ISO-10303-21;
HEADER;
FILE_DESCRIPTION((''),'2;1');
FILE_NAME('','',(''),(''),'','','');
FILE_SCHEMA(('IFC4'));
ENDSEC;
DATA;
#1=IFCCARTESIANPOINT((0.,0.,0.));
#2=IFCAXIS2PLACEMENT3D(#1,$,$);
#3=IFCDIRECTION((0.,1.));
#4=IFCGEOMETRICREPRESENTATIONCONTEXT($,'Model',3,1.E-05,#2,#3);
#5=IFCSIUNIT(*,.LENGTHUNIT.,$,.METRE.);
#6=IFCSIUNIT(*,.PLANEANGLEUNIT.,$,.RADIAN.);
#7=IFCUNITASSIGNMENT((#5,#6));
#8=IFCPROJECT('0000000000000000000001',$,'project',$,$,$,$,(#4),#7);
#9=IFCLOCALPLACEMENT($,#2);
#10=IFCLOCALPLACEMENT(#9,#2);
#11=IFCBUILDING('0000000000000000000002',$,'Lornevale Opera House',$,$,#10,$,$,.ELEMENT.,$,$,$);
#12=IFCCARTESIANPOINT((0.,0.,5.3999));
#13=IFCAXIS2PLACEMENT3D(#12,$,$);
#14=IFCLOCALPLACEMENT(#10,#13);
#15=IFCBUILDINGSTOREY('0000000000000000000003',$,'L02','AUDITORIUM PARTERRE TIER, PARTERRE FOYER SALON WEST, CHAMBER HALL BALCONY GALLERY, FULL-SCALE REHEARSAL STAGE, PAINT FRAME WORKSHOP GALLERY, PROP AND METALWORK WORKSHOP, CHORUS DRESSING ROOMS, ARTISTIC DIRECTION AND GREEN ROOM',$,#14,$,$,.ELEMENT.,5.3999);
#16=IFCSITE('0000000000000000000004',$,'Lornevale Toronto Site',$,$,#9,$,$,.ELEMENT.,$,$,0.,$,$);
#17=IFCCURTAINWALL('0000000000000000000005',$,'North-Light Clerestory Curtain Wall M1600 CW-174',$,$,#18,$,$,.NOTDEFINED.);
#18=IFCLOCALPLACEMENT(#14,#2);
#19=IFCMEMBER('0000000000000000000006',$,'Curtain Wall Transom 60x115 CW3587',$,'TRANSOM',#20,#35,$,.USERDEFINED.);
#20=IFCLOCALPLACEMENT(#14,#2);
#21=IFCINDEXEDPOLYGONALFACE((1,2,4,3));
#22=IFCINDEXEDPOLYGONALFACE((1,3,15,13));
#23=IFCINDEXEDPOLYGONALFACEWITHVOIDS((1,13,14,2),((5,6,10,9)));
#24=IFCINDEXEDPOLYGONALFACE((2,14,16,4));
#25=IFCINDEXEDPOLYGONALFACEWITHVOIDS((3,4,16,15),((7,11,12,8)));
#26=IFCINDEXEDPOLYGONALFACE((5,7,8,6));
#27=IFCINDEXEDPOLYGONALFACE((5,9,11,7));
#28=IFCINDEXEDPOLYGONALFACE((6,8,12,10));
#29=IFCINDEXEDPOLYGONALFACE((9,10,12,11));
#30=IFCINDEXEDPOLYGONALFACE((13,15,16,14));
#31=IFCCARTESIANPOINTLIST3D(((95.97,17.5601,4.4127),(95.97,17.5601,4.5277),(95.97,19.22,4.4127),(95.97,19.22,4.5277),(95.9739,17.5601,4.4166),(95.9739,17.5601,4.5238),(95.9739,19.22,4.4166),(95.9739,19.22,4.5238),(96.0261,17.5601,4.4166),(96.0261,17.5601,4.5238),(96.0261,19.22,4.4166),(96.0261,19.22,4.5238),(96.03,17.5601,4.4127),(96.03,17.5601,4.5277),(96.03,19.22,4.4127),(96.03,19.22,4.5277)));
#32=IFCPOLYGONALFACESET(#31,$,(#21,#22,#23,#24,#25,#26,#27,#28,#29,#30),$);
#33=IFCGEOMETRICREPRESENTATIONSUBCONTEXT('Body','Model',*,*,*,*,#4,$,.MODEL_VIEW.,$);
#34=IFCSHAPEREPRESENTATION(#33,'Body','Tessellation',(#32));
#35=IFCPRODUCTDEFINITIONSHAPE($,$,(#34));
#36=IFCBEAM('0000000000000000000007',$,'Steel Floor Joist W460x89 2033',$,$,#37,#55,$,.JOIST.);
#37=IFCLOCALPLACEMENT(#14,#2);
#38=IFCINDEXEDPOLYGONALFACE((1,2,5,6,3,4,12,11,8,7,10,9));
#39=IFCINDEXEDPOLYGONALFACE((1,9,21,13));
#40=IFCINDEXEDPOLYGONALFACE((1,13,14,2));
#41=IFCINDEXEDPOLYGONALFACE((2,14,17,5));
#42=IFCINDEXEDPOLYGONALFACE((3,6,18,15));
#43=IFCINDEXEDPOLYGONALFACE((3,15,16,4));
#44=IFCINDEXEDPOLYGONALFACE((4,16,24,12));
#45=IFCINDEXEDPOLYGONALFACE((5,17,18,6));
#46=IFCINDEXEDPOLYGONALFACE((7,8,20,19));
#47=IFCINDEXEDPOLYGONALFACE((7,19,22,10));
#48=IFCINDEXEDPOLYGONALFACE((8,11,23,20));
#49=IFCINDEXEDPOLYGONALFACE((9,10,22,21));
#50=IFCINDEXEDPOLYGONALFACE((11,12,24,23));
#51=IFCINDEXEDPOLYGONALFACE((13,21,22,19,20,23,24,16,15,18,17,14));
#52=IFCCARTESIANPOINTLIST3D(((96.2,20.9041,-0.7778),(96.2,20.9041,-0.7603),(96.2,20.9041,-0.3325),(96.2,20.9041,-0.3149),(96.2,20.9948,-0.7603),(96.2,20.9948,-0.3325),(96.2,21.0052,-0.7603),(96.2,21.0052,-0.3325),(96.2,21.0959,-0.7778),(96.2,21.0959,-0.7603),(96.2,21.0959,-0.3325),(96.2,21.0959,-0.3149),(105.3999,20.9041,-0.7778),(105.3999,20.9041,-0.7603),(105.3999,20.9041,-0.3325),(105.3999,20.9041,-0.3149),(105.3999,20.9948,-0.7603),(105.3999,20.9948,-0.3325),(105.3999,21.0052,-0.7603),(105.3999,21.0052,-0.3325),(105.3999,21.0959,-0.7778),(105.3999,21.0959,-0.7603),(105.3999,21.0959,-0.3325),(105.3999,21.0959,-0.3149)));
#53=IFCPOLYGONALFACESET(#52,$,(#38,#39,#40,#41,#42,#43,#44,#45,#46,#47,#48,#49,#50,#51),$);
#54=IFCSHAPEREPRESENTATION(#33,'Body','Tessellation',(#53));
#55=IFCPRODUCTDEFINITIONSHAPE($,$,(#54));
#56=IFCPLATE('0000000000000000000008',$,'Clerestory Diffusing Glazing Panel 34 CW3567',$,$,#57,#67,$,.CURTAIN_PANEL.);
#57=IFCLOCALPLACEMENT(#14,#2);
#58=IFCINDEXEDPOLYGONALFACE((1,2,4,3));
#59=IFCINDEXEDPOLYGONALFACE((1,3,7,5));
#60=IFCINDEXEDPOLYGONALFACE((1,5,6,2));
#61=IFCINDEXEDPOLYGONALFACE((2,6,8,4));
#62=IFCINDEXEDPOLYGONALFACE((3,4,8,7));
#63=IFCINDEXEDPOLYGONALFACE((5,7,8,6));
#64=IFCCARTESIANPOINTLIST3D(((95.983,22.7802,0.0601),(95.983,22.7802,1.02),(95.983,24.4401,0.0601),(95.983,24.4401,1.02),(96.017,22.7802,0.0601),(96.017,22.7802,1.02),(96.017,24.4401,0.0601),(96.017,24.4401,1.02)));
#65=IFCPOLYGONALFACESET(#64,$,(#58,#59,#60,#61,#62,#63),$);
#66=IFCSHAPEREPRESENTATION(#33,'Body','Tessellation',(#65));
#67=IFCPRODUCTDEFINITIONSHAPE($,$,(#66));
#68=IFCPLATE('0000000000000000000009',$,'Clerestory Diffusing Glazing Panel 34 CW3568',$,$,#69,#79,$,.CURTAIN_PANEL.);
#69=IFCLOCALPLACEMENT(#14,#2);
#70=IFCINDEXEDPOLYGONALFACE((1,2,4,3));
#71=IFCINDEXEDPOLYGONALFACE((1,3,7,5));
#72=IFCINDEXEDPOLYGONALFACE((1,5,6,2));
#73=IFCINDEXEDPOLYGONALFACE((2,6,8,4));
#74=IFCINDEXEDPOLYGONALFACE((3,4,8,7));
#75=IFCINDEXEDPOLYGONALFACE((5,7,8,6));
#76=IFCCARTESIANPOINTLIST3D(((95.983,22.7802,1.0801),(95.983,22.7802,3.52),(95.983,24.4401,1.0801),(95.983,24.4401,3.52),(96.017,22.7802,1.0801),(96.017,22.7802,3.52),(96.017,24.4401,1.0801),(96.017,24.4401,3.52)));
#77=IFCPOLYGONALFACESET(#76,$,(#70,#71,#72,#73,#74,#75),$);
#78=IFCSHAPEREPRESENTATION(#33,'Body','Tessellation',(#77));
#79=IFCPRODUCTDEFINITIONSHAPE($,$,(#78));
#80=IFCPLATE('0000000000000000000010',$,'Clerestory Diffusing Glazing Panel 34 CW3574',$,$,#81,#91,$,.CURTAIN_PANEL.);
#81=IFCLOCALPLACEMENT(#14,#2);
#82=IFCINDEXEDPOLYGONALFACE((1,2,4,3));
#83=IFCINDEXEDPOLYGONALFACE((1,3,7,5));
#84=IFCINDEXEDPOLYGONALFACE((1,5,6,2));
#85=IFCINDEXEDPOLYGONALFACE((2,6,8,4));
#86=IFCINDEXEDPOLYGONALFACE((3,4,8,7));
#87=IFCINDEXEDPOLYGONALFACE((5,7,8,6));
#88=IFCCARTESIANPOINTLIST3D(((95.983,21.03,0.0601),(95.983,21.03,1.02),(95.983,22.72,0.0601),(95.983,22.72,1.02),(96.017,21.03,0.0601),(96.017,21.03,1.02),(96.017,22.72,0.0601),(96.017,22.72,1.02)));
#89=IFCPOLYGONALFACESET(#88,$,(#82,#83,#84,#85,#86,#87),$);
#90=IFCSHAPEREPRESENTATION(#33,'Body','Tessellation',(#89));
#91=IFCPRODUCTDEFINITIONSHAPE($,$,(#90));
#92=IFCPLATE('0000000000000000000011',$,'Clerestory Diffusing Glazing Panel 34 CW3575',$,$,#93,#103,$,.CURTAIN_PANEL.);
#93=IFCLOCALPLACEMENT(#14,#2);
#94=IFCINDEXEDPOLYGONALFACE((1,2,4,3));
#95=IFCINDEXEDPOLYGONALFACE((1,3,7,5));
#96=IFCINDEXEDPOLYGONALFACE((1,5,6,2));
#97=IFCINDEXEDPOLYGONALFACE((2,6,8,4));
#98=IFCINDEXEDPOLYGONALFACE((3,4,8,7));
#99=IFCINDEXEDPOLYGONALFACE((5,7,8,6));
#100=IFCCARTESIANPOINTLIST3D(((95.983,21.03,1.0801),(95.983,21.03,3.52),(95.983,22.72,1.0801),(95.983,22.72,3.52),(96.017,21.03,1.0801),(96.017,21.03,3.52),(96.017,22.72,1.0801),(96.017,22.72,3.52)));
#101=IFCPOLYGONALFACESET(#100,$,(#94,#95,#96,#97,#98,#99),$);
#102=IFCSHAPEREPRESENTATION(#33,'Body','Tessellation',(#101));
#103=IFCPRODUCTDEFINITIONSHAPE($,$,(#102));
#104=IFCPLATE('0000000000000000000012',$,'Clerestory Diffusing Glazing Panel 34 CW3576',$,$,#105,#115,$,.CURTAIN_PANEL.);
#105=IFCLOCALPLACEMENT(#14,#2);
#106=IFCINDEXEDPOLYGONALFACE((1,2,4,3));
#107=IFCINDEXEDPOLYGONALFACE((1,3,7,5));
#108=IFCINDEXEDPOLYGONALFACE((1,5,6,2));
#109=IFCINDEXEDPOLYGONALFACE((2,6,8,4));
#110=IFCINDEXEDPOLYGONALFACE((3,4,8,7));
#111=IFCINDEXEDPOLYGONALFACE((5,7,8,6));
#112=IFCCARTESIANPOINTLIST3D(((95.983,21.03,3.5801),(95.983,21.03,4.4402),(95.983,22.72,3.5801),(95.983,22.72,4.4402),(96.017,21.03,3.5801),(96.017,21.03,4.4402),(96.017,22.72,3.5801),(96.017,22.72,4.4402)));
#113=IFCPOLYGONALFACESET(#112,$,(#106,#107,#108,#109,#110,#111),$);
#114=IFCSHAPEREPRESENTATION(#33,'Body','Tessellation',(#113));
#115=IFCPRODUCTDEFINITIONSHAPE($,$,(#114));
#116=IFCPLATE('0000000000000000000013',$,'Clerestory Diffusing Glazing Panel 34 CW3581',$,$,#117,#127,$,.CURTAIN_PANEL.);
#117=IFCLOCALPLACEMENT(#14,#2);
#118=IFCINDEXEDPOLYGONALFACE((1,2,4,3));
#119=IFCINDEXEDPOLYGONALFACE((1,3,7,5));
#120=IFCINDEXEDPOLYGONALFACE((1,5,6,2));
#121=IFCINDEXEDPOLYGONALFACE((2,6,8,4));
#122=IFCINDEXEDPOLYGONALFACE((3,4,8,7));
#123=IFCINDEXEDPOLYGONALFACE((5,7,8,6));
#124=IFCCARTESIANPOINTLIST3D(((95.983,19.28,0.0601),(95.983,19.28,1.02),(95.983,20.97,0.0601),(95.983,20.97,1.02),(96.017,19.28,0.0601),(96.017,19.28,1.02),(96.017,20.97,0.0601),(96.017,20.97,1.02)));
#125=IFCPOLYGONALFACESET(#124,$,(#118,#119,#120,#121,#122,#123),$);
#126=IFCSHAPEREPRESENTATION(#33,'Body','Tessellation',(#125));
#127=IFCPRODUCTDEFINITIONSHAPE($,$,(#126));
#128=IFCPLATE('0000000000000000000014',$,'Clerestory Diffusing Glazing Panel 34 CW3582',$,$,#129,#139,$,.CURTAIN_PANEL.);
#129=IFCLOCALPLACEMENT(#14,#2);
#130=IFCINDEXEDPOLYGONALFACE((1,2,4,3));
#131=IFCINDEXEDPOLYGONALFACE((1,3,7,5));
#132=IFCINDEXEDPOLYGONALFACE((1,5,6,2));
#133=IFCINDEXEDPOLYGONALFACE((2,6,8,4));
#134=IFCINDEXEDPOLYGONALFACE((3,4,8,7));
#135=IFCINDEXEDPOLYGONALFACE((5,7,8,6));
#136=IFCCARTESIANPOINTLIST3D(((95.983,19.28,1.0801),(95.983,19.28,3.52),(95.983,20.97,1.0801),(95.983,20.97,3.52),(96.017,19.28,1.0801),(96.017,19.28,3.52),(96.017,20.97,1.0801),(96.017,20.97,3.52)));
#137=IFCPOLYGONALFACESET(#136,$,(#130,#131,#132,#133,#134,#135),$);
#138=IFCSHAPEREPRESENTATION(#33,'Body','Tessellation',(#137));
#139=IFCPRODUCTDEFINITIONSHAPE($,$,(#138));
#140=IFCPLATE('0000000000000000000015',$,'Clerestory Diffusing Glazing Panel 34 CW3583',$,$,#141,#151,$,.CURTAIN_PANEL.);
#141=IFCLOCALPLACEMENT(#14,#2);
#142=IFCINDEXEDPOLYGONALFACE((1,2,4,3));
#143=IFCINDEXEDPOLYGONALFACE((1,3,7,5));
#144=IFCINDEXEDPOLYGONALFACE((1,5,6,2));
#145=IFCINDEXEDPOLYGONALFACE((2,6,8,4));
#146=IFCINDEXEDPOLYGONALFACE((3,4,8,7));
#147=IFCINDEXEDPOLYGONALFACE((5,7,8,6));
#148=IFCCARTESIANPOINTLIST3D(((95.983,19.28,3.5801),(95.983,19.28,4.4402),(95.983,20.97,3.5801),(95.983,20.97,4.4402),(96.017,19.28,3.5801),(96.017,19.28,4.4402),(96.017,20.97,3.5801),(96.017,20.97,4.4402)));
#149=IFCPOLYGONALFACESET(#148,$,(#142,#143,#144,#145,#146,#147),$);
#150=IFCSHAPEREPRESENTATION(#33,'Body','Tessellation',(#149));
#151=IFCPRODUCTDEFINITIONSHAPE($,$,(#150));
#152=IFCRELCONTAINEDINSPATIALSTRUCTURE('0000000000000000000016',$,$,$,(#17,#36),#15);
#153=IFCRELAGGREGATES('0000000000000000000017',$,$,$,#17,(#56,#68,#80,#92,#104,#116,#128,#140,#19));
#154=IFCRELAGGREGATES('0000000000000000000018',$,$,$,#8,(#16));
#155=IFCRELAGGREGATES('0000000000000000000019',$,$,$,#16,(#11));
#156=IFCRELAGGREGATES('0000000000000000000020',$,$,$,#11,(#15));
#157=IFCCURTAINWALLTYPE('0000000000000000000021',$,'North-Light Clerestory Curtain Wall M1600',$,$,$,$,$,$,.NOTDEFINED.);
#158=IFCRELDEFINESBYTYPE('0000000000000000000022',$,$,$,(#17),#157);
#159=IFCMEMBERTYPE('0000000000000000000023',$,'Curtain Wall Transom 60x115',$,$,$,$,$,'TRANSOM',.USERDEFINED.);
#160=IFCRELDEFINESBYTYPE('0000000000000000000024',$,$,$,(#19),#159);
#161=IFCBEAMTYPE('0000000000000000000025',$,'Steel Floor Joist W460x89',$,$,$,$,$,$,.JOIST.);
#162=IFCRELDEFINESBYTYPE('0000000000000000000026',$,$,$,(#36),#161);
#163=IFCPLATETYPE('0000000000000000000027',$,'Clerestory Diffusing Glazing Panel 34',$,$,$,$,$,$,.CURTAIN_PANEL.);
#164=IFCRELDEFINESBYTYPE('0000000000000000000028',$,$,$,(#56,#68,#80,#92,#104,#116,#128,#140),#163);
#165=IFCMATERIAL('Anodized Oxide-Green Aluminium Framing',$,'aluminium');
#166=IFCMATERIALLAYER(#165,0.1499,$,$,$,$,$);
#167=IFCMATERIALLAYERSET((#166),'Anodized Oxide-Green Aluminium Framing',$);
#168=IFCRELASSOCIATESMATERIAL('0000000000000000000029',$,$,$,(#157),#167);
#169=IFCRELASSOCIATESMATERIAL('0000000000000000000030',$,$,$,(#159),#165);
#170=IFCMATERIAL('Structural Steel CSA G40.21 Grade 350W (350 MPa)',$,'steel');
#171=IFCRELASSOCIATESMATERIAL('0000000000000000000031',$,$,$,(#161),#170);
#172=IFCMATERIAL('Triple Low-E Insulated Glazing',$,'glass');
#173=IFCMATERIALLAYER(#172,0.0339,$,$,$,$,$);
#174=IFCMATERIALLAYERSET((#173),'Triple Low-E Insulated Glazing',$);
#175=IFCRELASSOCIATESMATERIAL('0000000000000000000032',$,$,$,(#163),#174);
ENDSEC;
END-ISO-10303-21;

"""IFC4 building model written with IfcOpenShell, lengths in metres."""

from ifc_helpers import new_model, si_unit, direction, frame, origin, origin_2d, place, context, subcontext, project, spatial, rectangle, hollow_rectangle, i_section, extrude, material, layer, layer_set, material_profile, profile_set, type_object, element, aggregate, save


model = new_model("IFC4")

# Units and contexts
model_context = context("Model", 3, precision=1e-05, world=origin(), true_north=direction((0.0, 1.0)))
body_context = subcontext(model_context, "Body", "Model", "MODEL_VIEW")
ifc_project = project(units=[si_unit("LENGTHUNIT", "METRE"), si_unit("PLANEANGLEUNIT", "RADIAN")], contexts=[model_context])

# Site, building, storey
site_placement = place(None, origin())
site = spatial("IfcSite", under=ifc_project, at=site_placement, Name="Lornevale Toronto Site", CompositionType="ELEMENT", RefElevation=0.0)
building_placement = place(site_placement, origin())
building = spatial("IfcBuilding", under=site, at=building_placement, Name="Lornevale Opera House", CompositionType="ELEMENT")
storey_placement = place(building_placement, frame((0.0, 0.0, 5.3999)))
storey = spatial("IfcBuildingStorey", under=building, at=storey_placement, Name="L02", Description="AUDITORIUM PARTERRE TIER, PARTERRE FOYER SALON WEST, CHAMBER HALL BALCONY GALLERY, FULL-SCALE REHEARSAL STAGE, PAINT FRAME WORKSHOP GALLERY, PROP AND METALWORK WORKSHOP, CHORUS DRESSING ROOMS, ARTISTIC DIRECTION AND GREEN ROOM", CompositionType="ELEMENT", Elevation=5.3999)

# Curtain wall, member
ifc_material_1 = material(Name="Anodized Oxide-Green Aluminium Framing", Category="aluminium")
ifc_layer_1 = layer(ifc_material_1, 0.1499)
ifc_layer_set_1 = layer_set([ifc_layer_1], Name="Anodized Oxide-Green Aluminium Framing")
curtain_wall_type = type_object("IfcCurtainWallType", Name="North-Light Clerestory Curtain Wall M1600", PredefinedType="NOTDEFINED", material=ifc_layer_set_1)
curtain_wall_placement = place(storey_placement, origin())
curtain_wall = element("IfcCurtainWall", 1, at=curtain_wall_placement, inside=storey, type_object=curtain_wall_type, Name="North-Light Clerestory Curtain Wall M1600 CW-174", PredefinedType="NOTDEFINED")
ifc_material_profile_1 = material_profile(ifc_material_1, hollow_rectangle(XDim=0.0601, YDim=0.115, WallThickness=0.0039, at=origin_2d()), Name="ALU60x115x4")
ifc_profile_set_1 = profile_set([ifc_material_profile_1], Name="Anodized Oxide-Green Aluminium Framing")
member_type_1 = type_object("IfcMemberType", Name="Curtain Wall Transom 60x115", ElementType="TRANSOM", PredefinedType="USERDEFINED", material=ifc_profile_set_1)
member_1_placement = place(storey_placement, frame((96.0, 19.22, 4.4702), z_axis=(0.0, -1.0, 0.0), x_axis=(1.0, 0.0, 0.0)))
member_1 = element("IfcMember", 2, at=member_1_placement, type_object=member_type_1, Name="Curtain Wall Transom 60x115 CW3587", ObjectType="TRANSOM", PredefinedType="USERDEFINED", context=body_context, shape_type="SweptSolid", body=[
    extrude(hollow_rectangle(XDim=0.0601, YDim=0.115, WallThickness=0.0039, at=origin_2d()), origin(), (0.0, 0.0, 1.0), 1.6599),
])

# Beam
ifc_material_2 = material(Name="Structural Steel CSA G40.21 Grade 350W (350 MPa)", Category="steel")
ifc_material_profile_2 = material_profile(ifc_material_2, i_section(OverallWidth=0.1919, OverallDepth=0.4629, WebThickness=0.0105, FlangeThickness=0.0176, at=origin_2d()), Name="W460x89")
ifc_profile_set_2 = profile_set([ifc_material_profile_2], Name="Structural Steel CSA G40.21 Grade 350W (350 MPa)")
beam_type = type_object("IfcBeamType", Name="Steel Floor Joist W460x89", PredefinedType="JOIST", material=ifc_profile_set_2)
beam_placement = place(storey_placement, frame((96.2, 21.0, -0.5464), z_axis=(1.0, 0.0, 0.0), x_axis=(0.0, 1.0, 0.0)))
element("IfcBeam", 3, at=beam_placement, inside=storey, type_object=beam_type, Name="Steel Floor Joist W460x89 2033", PredefinedType="JOIST", context=body_context, shape_type="SweptSolid", body=[
    extrude(i_section(OverallWidth=0.1919, OverallDepth=0.4629, WebThickness=0.0105, FlangeThickness=0.0176, at=origin_2d()), origin(), (0.0, 0.0, 1.0), 9.2),
])

# Plates
ifc_material_3 = material(Name="Triple Low-E Insulated Glazing", Category="glass")
ifc_layer_2 = layer(ifc_material_3, 0.0339)
ifc_layer_set_2 = layer_set([ifc_layer_2], Name="Triple Low-E Insulated Glazing")
plate_type = type_object("IfcPlateType", Name="Clerestory Diffusing Glazing Panel 34", PredefinedType="CURTAIN_PANEL", material=ifc_layer_set_2)
plate_1_placement = place(storey_placement, frame((96.0, 23.6101, 0.0601), z_axis=(0.0, 0.0, 1.0), x_axis=(0.0, -1.0, 0.0)))
plate_1 = element("IfcPlate", 4, at=plate_1_placement, type_object=plate_type, Name="Clerestory Diffusing Glazing Panel 34 CW3567", PredefinedType="CURTAIN_PANEL", context=body_context, shape_type="SweptSolid", body=[
    extrude(rectangle(XDim=1.6599, YDim=0.0339, at=origin_2d()), origin(), (0.0, 0.0, 1.0), 0.96),
])
plate_2_placement = place(storey_placement, frame((96.0, 23.6101, 1.0801), z_axis=(0.0, 0.0, 1.0), x_axis=(0.0, -1.0, 0.0)))
plate_2 = element("IfcPlate", 5, at=plate_2_placement, type_object=plate_type, Name="Clerestory Diffusing Glazing Panel 34 CW3568", PredefinedType="CURTAIN_PANEL", context=body_context, shape_type="SweptSolid", body=[
    extrude(rectangle(XDim=1.6599, YDim=0.0339, at=origin_2d()), origin(), (0.0, 0.0, 1.0), 2.4399),
])
plate_3_placement = place(storey_placement, frame((96.0, 21.875, 0.0601), z_axis=(0.0, 0.0, 1.0), x_axis=(0.0, -1.0, 0.0)))
plate_3 = element("IfcPlate", 6, at=plate_3_placement, type_object=plate_type, Name="Clerestory Diffusing Glazing Panel 34 CW3574", PredefinedType="CURTAIN_PANEL", context=body_context, shape_type="SweptSolid", body=[
    extrude(rectangle(XDim=1.6899, YDim=0.0339, at=origin_2d()), origin(), (0.0, 0.0, 1.0), 0.96),
])
plate_4_placement = place(storey_placement, frame((96.0, 21.875, 1.0801), z_axis=(0.0, 0.0, 1.0), x_axis=(0.0, -1.0, 0.0)))
plate_4 = element("IfcPlate", 7, at=plate_4_placement, type_object=plate_type, Name="Clerestory Diffusing Glazing Panel 34 CW3575", PredefinedType="CURTAIN_PANEL", context=body_context, shape_type="SweptSolid", body=[
    extrude(rectangle(XDim=1.6899, YDim=0.0339, at=origin_2d()), origin(), (0.0, 0.0, 1.0), 2.4399),
])
plate_5_placement = place(storey_placement, frame((96.0, 21.875, 3.5801), z_axis=(0.0, 0.0, 1.0), x_axis=(0.0, -1.0, 0.0)))
plate_5 = element("IfcPlate", 8, at=plate_5_placement, type_object=plate_type, Name="Clerestory Diffusing Glazing Panel 34 CW3576", PredefinedType="CURTAIN_PANEL", context=body_context, shape_type="SweptSolid", body=[
    extrude(rectangle(XDim=1.6899, YDim=0.0339, at=origin_2d()), origin(), (0.0, 0.0, 1.0), 0.8601),
])
plate_6_placement = place(storey_placement, frame((96.0, 20.125, 0.0601), z_axis=(0.0, 0.0, 1.0), x_axis=(0.0, -1.0, 0.0)))
plate_6 = element("IfcPlate", 9, at=plate_6_placement, type_object=plate_type, Name="Clerestory Diffusing Glazing Panel 34 CW3581", PredefinedType="CURTAIN_PANEL", context=body_context, shape_type="SweptSolid", body=[
    extrude(rectangle(XDim=1.6899, YDim=0.0339, at=origin_2d()), origin(), (0.0, 0.0, 1.0), 0.96),
])
plate_7_placement = place(storey_placement, frame((96.0, 20.125, 1.0801), z_axis=(0.0, 0.0, 1.0), x_axis=(0.0, -1.0, 0.0)))
plate_7 = element("IfcPlate", 10, at=plate_7_placement, type_object=plate_type, Name="Clerestory Diffusing Glazing Panel 34 CW3582", PredefinedType="CURTAIN_PANEL", context=body_context, shape_type="SweptSolid", body=[
    extrude(rectangle(XDim=1.6899, YDim=0.0339, at=origin_2d()), origin(), (0.0, 0.0, 1.0), 2.4399),
])
plate_8_placement = place(storey_placement, frame((96.0, 20.125, 3.5801), z_axis=(0.0, 0.0, 1.0), x_axis=(0.0, -1.0, 0.0)))
plate_8 = element("IfcPlate", 11, at=plate_8_placement, type_object=plate_type, Name="Clerestory Diffusing Glazing Panel 34 CW3583", PredefinedType="CURTAIN_PANEL", context=body_context, shape_type="SweptSolid", body=[
    extrude(rectangle(XDim=1.6899, YDim=0.0339, at=origin_2d()), origin(), (0.0, 0.0, 1.0), 0.8601),
])
aggregate(curtain_wall, [plate_1, plate_2, plate_3, plate_4, plate_5, plate_6, plate_7, plate_8, member_1])

save(model, "model.ifc")
